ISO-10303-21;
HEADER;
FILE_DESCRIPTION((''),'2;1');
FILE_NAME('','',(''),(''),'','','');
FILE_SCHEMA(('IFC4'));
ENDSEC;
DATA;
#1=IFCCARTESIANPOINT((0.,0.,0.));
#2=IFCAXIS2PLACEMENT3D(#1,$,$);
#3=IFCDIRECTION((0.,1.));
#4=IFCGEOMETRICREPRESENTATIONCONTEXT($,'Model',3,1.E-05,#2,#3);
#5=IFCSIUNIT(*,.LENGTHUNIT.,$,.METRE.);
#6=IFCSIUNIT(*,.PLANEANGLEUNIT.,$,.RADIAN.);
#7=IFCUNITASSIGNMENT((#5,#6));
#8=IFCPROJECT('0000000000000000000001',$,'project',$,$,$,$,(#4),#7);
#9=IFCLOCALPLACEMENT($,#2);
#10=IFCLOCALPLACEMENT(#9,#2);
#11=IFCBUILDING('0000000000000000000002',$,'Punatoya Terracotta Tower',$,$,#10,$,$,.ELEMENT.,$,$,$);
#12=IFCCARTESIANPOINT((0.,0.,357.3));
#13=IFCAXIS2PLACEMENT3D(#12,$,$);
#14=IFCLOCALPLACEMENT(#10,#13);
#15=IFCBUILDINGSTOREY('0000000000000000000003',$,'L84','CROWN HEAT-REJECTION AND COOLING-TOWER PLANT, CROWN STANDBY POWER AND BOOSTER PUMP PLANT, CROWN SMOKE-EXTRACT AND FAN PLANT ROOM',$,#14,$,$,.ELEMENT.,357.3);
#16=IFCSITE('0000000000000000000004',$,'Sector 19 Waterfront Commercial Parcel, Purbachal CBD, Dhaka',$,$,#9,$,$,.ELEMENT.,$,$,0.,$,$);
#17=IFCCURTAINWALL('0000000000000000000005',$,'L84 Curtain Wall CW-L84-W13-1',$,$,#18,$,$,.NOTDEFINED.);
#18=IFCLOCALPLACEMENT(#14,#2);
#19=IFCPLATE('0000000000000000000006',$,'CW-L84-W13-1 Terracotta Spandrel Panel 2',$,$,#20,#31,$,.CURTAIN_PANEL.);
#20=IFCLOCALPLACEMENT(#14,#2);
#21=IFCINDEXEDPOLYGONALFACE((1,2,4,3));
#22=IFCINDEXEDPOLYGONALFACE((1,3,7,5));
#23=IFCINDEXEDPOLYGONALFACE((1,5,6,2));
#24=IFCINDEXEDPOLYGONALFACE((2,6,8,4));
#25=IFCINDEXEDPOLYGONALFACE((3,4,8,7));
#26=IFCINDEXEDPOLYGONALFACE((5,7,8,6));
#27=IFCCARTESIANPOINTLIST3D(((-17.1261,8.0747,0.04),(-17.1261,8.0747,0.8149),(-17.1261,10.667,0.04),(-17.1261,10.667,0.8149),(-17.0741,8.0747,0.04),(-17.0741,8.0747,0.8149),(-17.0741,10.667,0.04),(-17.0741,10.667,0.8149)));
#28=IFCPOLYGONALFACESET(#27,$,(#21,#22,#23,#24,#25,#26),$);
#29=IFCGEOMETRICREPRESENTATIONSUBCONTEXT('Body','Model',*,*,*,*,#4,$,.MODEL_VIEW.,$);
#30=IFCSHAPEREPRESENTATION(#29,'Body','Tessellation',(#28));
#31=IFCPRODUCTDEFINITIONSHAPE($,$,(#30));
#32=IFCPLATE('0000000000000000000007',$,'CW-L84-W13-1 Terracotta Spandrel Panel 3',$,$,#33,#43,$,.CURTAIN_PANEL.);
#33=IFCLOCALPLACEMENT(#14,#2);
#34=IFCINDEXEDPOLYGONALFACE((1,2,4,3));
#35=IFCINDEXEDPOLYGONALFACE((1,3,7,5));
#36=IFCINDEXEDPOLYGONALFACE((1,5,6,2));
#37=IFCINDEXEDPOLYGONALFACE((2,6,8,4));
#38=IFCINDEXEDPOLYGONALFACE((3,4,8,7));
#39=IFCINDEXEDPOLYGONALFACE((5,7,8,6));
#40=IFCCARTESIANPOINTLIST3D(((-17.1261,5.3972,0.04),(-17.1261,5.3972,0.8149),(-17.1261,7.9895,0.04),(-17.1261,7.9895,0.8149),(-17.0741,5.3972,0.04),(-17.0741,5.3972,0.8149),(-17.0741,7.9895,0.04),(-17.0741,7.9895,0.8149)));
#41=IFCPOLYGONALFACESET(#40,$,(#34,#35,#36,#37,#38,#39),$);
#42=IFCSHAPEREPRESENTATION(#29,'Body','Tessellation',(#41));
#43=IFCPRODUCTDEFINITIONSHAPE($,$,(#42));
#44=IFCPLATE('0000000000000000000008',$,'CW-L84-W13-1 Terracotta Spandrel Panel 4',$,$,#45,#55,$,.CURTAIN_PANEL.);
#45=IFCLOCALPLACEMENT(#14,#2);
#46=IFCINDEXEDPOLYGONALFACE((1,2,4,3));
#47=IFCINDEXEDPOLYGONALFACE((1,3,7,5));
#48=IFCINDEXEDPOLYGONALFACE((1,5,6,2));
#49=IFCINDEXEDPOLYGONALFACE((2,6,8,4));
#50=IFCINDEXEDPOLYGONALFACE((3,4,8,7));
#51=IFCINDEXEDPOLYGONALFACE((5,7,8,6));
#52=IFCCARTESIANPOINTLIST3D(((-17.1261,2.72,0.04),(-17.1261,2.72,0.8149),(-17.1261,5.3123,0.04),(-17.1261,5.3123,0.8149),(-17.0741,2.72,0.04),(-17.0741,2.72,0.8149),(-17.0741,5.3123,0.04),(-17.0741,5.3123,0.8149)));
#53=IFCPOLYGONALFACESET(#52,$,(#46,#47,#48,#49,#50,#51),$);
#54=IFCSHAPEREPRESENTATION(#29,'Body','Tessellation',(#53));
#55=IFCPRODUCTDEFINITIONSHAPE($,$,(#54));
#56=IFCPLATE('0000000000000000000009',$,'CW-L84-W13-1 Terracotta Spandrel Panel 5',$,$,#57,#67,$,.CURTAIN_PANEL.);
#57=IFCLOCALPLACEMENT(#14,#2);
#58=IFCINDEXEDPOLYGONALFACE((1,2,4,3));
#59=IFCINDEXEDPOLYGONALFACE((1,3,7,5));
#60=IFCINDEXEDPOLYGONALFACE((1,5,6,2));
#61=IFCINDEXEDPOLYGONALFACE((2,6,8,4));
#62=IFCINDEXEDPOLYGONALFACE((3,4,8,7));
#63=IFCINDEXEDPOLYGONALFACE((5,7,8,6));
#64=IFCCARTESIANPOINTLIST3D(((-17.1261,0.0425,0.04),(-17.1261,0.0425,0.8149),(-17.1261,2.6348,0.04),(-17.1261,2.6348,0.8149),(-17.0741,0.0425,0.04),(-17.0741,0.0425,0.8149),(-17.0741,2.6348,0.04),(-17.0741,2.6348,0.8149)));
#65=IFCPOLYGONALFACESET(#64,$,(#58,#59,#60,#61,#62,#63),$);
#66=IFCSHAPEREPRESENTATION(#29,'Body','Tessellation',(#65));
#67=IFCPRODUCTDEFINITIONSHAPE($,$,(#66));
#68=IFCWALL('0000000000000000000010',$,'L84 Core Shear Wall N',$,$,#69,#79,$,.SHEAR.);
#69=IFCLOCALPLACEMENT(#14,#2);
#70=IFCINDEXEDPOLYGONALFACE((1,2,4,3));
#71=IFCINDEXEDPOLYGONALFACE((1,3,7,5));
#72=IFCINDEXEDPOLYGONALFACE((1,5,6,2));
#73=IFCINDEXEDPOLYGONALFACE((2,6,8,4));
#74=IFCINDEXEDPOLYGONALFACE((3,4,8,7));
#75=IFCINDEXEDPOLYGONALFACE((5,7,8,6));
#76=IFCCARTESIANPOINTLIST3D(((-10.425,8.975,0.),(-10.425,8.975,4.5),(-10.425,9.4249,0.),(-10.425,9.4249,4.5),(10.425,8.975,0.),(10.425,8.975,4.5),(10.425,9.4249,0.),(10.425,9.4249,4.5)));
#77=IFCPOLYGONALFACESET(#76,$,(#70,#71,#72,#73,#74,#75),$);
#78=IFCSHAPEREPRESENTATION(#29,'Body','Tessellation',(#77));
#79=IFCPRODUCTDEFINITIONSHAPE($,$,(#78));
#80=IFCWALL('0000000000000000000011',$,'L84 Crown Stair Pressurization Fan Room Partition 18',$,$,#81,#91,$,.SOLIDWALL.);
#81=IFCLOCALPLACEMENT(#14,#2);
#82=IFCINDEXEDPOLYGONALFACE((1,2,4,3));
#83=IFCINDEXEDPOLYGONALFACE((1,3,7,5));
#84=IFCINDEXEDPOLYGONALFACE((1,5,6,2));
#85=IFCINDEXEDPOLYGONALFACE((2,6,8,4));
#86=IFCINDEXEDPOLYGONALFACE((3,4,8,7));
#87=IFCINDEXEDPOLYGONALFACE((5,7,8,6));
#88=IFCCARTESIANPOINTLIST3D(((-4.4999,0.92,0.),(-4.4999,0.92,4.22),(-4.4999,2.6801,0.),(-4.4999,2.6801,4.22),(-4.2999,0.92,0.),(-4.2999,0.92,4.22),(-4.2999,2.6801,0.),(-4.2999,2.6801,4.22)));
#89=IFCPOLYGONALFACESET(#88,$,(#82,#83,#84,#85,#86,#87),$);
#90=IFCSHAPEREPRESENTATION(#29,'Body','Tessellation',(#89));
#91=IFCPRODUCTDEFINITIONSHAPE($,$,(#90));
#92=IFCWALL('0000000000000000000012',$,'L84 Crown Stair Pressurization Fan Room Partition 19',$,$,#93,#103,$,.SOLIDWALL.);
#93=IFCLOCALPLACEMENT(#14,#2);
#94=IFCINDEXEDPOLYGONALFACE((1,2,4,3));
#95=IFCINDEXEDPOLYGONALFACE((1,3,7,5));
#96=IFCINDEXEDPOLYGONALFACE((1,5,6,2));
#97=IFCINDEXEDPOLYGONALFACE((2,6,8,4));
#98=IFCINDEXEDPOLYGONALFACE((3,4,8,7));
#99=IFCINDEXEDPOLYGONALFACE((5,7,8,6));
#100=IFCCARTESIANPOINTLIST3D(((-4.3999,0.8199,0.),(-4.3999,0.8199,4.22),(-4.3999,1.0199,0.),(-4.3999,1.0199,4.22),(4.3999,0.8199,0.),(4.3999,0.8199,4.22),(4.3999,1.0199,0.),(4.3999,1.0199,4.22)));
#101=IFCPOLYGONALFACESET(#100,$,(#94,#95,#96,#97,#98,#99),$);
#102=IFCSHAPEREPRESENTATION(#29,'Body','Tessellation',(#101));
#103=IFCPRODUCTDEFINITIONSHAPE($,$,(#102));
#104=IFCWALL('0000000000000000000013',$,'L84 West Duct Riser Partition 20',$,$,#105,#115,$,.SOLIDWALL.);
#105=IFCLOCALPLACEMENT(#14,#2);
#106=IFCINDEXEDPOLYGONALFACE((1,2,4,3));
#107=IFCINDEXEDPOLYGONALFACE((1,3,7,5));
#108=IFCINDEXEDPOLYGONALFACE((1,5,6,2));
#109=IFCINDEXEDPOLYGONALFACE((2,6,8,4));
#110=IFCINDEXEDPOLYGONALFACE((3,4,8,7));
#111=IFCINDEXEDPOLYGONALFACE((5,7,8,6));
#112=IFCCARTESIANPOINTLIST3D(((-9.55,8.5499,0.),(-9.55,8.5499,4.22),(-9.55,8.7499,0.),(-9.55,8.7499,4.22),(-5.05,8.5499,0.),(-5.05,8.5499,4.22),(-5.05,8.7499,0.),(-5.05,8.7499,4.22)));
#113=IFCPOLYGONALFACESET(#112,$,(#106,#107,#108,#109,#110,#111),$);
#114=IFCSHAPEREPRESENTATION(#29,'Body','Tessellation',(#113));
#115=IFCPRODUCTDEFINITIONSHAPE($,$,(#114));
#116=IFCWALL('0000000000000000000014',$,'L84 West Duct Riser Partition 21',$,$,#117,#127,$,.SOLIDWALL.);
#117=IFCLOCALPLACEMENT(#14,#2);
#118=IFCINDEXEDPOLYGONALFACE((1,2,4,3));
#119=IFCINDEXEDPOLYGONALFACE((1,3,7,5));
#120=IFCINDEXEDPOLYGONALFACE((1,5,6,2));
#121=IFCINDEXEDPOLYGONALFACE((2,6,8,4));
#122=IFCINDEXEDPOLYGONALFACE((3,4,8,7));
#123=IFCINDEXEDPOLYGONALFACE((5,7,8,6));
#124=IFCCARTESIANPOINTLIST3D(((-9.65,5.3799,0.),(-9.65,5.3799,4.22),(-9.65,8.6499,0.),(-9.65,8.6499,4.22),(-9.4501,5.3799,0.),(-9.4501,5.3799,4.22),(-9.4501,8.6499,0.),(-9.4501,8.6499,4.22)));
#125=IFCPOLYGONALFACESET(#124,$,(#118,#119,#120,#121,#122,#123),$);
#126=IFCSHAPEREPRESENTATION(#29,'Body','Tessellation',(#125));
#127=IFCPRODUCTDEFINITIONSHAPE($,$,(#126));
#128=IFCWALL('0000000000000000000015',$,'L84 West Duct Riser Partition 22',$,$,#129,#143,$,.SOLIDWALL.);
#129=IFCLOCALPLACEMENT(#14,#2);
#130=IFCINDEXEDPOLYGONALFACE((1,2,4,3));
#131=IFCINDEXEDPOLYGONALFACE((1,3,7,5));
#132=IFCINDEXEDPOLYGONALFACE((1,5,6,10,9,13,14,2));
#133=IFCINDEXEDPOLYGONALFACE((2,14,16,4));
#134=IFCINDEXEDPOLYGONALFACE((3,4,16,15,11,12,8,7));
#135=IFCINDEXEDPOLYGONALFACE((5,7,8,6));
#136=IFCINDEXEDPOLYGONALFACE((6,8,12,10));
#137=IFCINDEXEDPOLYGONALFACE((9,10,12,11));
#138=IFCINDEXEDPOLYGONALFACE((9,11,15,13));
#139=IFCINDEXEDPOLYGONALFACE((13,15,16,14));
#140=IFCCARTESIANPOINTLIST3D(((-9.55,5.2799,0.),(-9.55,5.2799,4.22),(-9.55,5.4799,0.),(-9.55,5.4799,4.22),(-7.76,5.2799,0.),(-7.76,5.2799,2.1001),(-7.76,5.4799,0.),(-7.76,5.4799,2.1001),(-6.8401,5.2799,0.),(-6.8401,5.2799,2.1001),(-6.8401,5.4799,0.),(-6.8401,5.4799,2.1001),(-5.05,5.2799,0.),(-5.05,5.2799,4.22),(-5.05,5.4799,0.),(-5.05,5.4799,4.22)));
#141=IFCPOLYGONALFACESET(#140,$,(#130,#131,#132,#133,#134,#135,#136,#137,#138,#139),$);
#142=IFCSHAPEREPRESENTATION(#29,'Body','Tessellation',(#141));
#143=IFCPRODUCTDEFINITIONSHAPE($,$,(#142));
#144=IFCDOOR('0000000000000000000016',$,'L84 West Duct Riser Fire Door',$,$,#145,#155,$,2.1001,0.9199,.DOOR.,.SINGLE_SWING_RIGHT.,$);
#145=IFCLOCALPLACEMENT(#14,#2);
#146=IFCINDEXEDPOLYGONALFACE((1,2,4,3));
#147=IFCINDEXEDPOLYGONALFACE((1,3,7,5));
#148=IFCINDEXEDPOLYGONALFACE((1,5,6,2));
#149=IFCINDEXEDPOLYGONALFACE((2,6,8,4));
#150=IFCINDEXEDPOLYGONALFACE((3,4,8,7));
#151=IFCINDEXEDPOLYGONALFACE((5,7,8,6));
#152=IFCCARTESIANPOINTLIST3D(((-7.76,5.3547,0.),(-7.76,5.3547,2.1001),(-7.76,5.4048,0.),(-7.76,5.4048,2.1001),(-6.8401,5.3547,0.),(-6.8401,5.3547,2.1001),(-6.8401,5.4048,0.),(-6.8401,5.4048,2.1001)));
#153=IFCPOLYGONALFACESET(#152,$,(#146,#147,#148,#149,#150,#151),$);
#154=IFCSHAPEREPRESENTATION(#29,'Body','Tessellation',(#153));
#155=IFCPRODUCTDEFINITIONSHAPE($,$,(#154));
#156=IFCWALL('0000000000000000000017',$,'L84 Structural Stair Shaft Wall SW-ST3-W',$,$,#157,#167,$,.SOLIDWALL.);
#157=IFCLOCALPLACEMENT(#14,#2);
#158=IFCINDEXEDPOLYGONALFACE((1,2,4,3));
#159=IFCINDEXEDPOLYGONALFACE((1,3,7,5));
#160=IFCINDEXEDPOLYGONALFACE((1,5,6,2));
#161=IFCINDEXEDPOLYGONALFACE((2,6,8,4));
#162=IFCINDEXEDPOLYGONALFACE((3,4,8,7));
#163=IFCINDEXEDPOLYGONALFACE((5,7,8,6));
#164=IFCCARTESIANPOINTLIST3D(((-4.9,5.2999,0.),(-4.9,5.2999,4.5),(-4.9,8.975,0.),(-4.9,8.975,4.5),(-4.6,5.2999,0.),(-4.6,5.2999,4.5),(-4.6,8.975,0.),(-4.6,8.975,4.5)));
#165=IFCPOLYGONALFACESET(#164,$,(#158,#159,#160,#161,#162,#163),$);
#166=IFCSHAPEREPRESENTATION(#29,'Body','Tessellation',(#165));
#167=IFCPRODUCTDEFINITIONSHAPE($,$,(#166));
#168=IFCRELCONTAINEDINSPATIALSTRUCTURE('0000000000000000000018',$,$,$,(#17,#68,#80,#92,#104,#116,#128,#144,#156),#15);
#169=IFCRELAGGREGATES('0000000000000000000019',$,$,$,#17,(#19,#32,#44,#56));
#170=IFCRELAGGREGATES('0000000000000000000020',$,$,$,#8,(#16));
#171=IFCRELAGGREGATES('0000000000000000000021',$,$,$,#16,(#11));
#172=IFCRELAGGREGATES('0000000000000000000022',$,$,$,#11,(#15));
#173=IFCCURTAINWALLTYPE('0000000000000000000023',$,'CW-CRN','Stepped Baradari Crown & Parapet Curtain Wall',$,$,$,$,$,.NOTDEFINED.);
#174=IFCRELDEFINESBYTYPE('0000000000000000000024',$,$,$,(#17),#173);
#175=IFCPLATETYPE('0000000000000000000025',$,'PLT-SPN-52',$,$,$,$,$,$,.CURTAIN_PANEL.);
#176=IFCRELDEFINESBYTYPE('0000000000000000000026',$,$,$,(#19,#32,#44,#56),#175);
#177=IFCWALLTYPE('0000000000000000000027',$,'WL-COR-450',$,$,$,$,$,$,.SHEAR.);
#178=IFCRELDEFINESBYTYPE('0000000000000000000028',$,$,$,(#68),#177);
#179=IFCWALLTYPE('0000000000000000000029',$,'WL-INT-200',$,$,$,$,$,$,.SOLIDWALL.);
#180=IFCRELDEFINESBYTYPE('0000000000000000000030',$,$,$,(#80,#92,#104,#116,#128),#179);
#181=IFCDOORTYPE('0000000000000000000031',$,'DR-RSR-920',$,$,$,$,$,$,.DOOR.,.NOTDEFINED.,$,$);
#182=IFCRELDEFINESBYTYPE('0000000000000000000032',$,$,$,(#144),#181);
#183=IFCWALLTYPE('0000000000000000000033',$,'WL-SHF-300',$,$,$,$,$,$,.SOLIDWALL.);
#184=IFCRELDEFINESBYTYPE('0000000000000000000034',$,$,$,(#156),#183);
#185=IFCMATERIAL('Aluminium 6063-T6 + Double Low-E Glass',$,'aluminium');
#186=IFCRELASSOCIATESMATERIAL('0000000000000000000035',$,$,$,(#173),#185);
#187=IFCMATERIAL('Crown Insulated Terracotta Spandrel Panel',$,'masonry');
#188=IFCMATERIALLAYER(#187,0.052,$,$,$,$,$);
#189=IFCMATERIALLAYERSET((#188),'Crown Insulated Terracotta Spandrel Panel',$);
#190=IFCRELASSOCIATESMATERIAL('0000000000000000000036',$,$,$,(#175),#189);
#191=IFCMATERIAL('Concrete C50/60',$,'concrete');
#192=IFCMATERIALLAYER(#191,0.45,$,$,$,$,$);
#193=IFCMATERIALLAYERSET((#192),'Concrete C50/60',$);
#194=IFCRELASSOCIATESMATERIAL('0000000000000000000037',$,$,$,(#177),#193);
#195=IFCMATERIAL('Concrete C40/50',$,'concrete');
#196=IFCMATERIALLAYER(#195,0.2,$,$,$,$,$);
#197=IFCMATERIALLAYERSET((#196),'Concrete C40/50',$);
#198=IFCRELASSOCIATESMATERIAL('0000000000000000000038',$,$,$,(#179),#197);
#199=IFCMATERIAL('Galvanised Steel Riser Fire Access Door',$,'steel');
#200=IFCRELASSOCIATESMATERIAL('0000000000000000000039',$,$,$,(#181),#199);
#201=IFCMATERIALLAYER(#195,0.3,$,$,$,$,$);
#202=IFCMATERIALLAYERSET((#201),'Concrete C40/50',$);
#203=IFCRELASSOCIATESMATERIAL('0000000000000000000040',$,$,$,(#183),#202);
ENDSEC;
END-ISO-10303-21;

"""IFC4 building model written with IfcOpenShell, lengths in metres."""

from ifc_helpers import new_model, si_unit, direction, frame, frame_2d, origin, origin_2d, place, context, subcontext, project, spatial, rectangle, extrude, material, layer, layer_set, type_object, element, fill, aggregate, save


model = new_model("IFC4")

# Units and contexts
model_context = context("Model", 3, precision=1e-05, world=origin(), true_north=direction((0.0, 1.0)))
body_context = subcontext(model_context, "Body", "Model", "MODEL_VIEW")
ifc_project = project(units=[si_unit("LENGTHUNIT", "METRE"), si_unit("PLANEANGLEUNIT", "RADIAN")], contexts=[model_context])

# Site, building, storey
site_placement = place(None, origin())
site = spatial("IfcSite", under=ifc_project, at=site_placement, Name="Sector 19 Waterfront Commercial Parcel, Purbachal CBD, Dhaka", CompositionType="ELEMENT", RefElevation=0.0)
building_placement = place(site_placement, origin())
building = spatial("IfcBuilding", under=site, at=building_placement, Name="Punatoya Terracotta Tower", CompositionType="ELEMENT")
storey_placement = place(building_placement, frame((0.0, 0.0, 357.3)))
storey = spatial("IfcBuildingStorey", under=building, at=storey_placement, Name="L84", Description="CROWN HEAT-REJECTION AND COOLING-TOWER PLANT, CROWN STANDBY POWER AND BOOSTER PUMP PLANT, CROWN SMOKE-EXTRACT AND FAN PLANT ROOM", CompositionType="ELEMENT", Elevation=357.3)

# Shared definitions
ifc_material_1 = material(Name="Concrete C50/60", Category="concrete")

# Curtain wall, plates
ifc_material_2 = material(Name="Aluminium 6063-T6 + Double Low-E Glass", Category="aluminium")
curtain_wall_type = type_object("IfcCurtainWallType", Name="CW-CRN", Description="Stepped Baradari Crown & Parapet Curtain Wall", PredefinedType="NOTDEFINED", material=ifc_material_2)
curtain_wall_placement = place(storey_placement, origin())
curtain_wall = element("IfcCurtainWall", 1, at=curtain_wall_placement, inside=storey, type_object=curtain_wall_type, Name="L84 Curtain Wall CW-L84-W13-1", PredefinedType="NOTDEFINED")
ifc_material_3 = material(Name="Crown Insulated Terracotta Spandrel Panel", Category="masonry")
ifc_layer_1 = layer(ifc_material_3, 0.052)
ifc_layer_set_1 = layer_set([ifc_layer_1], Name="Crown Insulated Terracotta Spandrel Panel")
plate_type_1 = type_object("IfcPlateType", Name="PLT-SPN-52", PredefinedType="CURTAIN_PANEL", material=ifc_layer_set_1)
plate_1_placement = place(storey_placement, frame((-17.1001, 9.3708, 0.04), z_axis=(0.0, 0.0, 1.0), x_axis=(0.0, -1.0, 0.0)))
plate_1 = element("IfcPlate", 2, at=plate_1_placement, type_object=plate_type_1, Name="CW-L84-W13-1 Terracotta Spandrel Panel 2", PredefinedType="CURTAIN_PANEL", context=body_context, shape_type="SweptSolid", body=[
    extrude(rectangle(XDim=2.5923, YDim=0.052, at=origin_2d()), origin(), (0.0, 0.0, 1.0), 0.7749),
])
plate_2_placement = place(storey_placement, frame((-17.1001, 6.6934, 0.04), z_axis=(0.0, 0.0, 1.0), x_axis=(0.0, -1.0, 0.0)))
plate_2 = element("IfcPlate", 3, at=plate_2_placement, type_object=plate_type_1, Name="CW-L84-W13-1 Terracotta Spandrel Panel 3", PredefinedType="CURTAIN_PANEL", context=body_context, shape_type="SweptSolid", body=[
    extrude(rectangle(XDim=2.5923, YDim=0.052, at=origin_2d()), origin(), (0.0, 0.0, 1.0), 0.7749),
])
plate_3_placement = place(storey_placement, frame((-17.1001, 4.0161, 0.04), z_axis=(0.0, 0.0, 1.0), x_axis=(0.0, -1.0, 0.0)))
plate_3 = element("IfcPlate", 4, at=plate_3_placement, type_object=plate_type_1, Name="CW-L84-W13-1 Terracotta Spandrel Panel 4", PredefinedType="CURTAIN_PANEL", context=body_context, shape_type="SweptSolid", body=[
    extrude(rectangle(XDim=2.5923, YDim=0.052, at=origin_2d()), origin(), (0.0, 0.0, 1.0), 0.7749),
])
plate_4_placement = place(storey_placement, frame((-17.1001, 1.3386, 0.04), z_axis=(0.0, 0.0, 1.0), x_axis=(0.0, -1.0, 0.0)))
plate_4 = element("IfcPlate", 5, at=plate_4_placement, type_object=plate_type_1, Name="CW-L84-W13-1 Terracotta Spandrel Panel 5", PredefinedType="CURTAIN_PANEL", context=body_context, shape_type="SweptSolid", body=[
    extrude(rectangle(XDim=2.5923, YDim=0.052, at=origin_2d()), origin(), (0.0, 0.0, 1.0), 0.7749),
])
aggregate(curtain_wall, [plate_1, plate_2, plate_3, plate_4])

# Walls
ifc_layer_2 = layer(ifc_material_1, 0.45)
ifc_layer_set_2 = layer_set([ifc_layer_2], Name="Concrete C50/60")
wall_type_1 = type_object("IfcWallType", Name="WL-COR-450", PredefinedType="SHEAR", material=ifc_layer_set_2)
wall_1_placement = place(storey_placement, frame((-10.425, 9.2, 0.0), z_axis=(0.0, 0.0, 1.0), x_axis=(1.0, 0.0, 0.0)))
element("IfcWall", 6, at=wall_1_placement, inside=storey, type_object=wall_type_1, Name="L84 Core Shear Wall N", PredefinedType="SHEAR", context=body_context, shape_type="SweptSolid", body=[
    extrude(rectangle(XDim=20.8501, YDim=0.45, at=frame_2d((10.425, 0.0))), origin(), (0.0, 0.0, 1.0), 4.5),
])
ifc_material_4 = material(Name="Concrete C40/50", Category="concrete")
ifc_layer_3 = layer(ifc_material_4, 0.2)
ifc_layer_set_3 = layer_set([ifc_layer_3], Name="Concrete C40/50")
wall_type_2 = type_object("IfcWallType", Name="WL-INT-200", PredefinedType="SOLIDWALL", material=ifc_layer_set_3)
wall_2_placement = place(storey_placement, frame((-4.3999, 2.6799, 0.0), z_axis=(0.0, 0.0, 1.0), x_axis=(0.0, -1.0, 0.0)))
element("IfcWall", 7, at=wall_2_placement, inside=storey, type_object=wall_type_2, Name="L84 Crown Stair Pressurization Fan Room Partition 18", PredefinedType="SOLIDWALL", context=body_context, shape_type="SweptSolid", body=[
    extrude(rectangle(XDim=1.76, YDim=0.2, at=frame_2d((0.8799, 0.0))), origin(), (0.0, 0.0, 1.0), 4.22),
])
wall_3_placement = place(storey_placement, frame((-4.3999, 0.9199, 0.0), z_axis=(0.0, 0.0, 1.0), x_axis=(1.0, 0.0, 0.0)))
element("IfcWall", 8, at=wall_3_placement, inside=storey, type_object=wall_type_2, Name="L84 Crown Stair Pressurization Fan Room Partition 19", PredefinedType="SOLIDWALL", context=body_context, shape_type="SweptSolid", body=[
    extrude(rectangle(XDim=8.7998, YDim=0.2, at=frame_2d((4.3999, 0.0))), origin(), (0.0, 0.0, 1.0), 4.22),
])
wall_4_placement = place(storey_placement, frame((-5.05, 8.6499, 0.0), z_axis=(0.0, 0.0, 1.0), x_axis=(-1.0, 0.0, 0.0)))
element("IfcWall", 9, at=wall_4_placement, inside=storey, type_object=wall_type_2, Name="L84 West Duct Riser Partition 20", PredefinedType="SOLIDWALL", context=body_context, shape_type="SweptSolid", body=[
    extrude(rectangle(XDim=4.5, YDim=0.2, at=frame_2d((2.25, 0.0))), origin(), (0.0, 0.0, 1.0), 4.22),
])
wall_5_placement = place(storey_placement, frame((-9.55, 8.6499, 0.0), z_axis=(0.0, 0.0, 1.0), x_axis=(0.0, -1.0, 0.0)))
element("IfcWall", 10, at=wall_5_placement, inside=storey, type_object=wall_type_2, Name="L84 West Duct Riser Partition 21", PredefinedType="SOLIDWALL", context=body_context, shape_type="SweptSolid", body=[
    extrude(rectangle(XDim=3.27, YDim=0.2, at=frame_2d((1.635, 0.0))), origin(), (0.0, 0.0, 1.0), 4.22),
])

# Wall, opening, door
wall_6_placement = place(storey_placement, frame((-9.55, 5.3799, 0.0), z_axis=(0.0, 0.0, 1.0), x_axis=(1.0, 0.0, 0.0)))
wall_6 = element("IfcWall", 11, at=wall_6_placement, inside=storey, type_object=wall_type_2, Name="L84 West Duct Riser Partition 22", PredefinedType="SOLIDWALL", context=body_context, shape_type="SweptSolid", body=[
    extrude(rectangle(XDim=4.5, YDim=0.2, at=frame_2d((2.25, 0.0))), origin(), (0.0, 0.0, 1.0), 4.22),
])
opening_1_placement = place(wall_6_placement, frame((1.79, 0.0, 0.0)))
opening_1 = element("IfcOpeningElement", 12, at=opening_1_placement, cuts=wall_6, PredefinedType="OPENING", context=body_context, shape_type="SweptSolid", body=[
    extrude(rectangle(XDim=0.9199, YDim=2.1001, at=frame_2d((0.46, 1.05))), frame((0.0, 0.1099, 0.0), z_axis=(0.0, -1.0, 0.0), x_axis=(1.0, 0.0, 0.0)), (0.0, 0.0, 1.0), 0.22),
])
ifc_material_5 = material(Name="Galvanised Steel Riser Fire Access Door", Category="steel")
door_type_1 = type_object("IfcDoorType", Name="DR-RSR-920", OperationType="NOTDEFINED", PredefinedType="DOOR", material=ifc_material_5)
door_1_placement = place(opening_1_placement, origin())
door_1 = element("IfcDoor", 13, at=door_1_placement, inside=storey, type_object=door_type_1, Name="L84 West Duct Riser Fire Door", OperationType="SINGLE_SWING_RIGHT", OverallHeight=2.1001, OverallWidth=0.9199, PredefinedType="DOOR", context=body_context, shape_type="SweptSolid", body=[
    extrude(rectangle(XDim=0.9199, YDim=2.1001, at=frame_2d((0.46, 1.05))), frame((0.0, 0.0249, 0.0), z_axis=(0.0, -1.0, 0.0), x_axis=(1.0, 0.0, 0.0)), (0.0, 0.0, 1.0), 0.05),
])
fill(opening_1, door_1)

# Wall
ifc_layer_4 = layer(ifc_material_4, 0.3)
ifc_layer_set_4 = layer_set([ifc_layer_4], Name="Concrete C40/50")
wall_type_3 = type_object("IfcWallType", Name="WL-SHF-300", PredefinedType="SOLIDWALL", material=ifc_layer_set_4)
wall_7_placement = place(storey_placement, frame((-4.75, 5.3, 0.0), z_axis=(0.0, 0.0, 1.0), x_axis=(0.0, 1.0, 0.0)))
element("IfcWall", 14, at=wall_7_placement, inside=storey, type_object=wall_type_3, Name="L84 Structural Stair Shaft Wall SW-ST3-W", PredefinedType="SOLIDWALL", context=body_context, shape_type="SweptSolid", body=[
    extrude(rectangle(XDim=3.675, YDim=0.3, at=frame_2d((1.8374, 0.0))), origin(), (0.0, 0.0, 1.0), 4.5),
])

save(model, "model.ifc")
